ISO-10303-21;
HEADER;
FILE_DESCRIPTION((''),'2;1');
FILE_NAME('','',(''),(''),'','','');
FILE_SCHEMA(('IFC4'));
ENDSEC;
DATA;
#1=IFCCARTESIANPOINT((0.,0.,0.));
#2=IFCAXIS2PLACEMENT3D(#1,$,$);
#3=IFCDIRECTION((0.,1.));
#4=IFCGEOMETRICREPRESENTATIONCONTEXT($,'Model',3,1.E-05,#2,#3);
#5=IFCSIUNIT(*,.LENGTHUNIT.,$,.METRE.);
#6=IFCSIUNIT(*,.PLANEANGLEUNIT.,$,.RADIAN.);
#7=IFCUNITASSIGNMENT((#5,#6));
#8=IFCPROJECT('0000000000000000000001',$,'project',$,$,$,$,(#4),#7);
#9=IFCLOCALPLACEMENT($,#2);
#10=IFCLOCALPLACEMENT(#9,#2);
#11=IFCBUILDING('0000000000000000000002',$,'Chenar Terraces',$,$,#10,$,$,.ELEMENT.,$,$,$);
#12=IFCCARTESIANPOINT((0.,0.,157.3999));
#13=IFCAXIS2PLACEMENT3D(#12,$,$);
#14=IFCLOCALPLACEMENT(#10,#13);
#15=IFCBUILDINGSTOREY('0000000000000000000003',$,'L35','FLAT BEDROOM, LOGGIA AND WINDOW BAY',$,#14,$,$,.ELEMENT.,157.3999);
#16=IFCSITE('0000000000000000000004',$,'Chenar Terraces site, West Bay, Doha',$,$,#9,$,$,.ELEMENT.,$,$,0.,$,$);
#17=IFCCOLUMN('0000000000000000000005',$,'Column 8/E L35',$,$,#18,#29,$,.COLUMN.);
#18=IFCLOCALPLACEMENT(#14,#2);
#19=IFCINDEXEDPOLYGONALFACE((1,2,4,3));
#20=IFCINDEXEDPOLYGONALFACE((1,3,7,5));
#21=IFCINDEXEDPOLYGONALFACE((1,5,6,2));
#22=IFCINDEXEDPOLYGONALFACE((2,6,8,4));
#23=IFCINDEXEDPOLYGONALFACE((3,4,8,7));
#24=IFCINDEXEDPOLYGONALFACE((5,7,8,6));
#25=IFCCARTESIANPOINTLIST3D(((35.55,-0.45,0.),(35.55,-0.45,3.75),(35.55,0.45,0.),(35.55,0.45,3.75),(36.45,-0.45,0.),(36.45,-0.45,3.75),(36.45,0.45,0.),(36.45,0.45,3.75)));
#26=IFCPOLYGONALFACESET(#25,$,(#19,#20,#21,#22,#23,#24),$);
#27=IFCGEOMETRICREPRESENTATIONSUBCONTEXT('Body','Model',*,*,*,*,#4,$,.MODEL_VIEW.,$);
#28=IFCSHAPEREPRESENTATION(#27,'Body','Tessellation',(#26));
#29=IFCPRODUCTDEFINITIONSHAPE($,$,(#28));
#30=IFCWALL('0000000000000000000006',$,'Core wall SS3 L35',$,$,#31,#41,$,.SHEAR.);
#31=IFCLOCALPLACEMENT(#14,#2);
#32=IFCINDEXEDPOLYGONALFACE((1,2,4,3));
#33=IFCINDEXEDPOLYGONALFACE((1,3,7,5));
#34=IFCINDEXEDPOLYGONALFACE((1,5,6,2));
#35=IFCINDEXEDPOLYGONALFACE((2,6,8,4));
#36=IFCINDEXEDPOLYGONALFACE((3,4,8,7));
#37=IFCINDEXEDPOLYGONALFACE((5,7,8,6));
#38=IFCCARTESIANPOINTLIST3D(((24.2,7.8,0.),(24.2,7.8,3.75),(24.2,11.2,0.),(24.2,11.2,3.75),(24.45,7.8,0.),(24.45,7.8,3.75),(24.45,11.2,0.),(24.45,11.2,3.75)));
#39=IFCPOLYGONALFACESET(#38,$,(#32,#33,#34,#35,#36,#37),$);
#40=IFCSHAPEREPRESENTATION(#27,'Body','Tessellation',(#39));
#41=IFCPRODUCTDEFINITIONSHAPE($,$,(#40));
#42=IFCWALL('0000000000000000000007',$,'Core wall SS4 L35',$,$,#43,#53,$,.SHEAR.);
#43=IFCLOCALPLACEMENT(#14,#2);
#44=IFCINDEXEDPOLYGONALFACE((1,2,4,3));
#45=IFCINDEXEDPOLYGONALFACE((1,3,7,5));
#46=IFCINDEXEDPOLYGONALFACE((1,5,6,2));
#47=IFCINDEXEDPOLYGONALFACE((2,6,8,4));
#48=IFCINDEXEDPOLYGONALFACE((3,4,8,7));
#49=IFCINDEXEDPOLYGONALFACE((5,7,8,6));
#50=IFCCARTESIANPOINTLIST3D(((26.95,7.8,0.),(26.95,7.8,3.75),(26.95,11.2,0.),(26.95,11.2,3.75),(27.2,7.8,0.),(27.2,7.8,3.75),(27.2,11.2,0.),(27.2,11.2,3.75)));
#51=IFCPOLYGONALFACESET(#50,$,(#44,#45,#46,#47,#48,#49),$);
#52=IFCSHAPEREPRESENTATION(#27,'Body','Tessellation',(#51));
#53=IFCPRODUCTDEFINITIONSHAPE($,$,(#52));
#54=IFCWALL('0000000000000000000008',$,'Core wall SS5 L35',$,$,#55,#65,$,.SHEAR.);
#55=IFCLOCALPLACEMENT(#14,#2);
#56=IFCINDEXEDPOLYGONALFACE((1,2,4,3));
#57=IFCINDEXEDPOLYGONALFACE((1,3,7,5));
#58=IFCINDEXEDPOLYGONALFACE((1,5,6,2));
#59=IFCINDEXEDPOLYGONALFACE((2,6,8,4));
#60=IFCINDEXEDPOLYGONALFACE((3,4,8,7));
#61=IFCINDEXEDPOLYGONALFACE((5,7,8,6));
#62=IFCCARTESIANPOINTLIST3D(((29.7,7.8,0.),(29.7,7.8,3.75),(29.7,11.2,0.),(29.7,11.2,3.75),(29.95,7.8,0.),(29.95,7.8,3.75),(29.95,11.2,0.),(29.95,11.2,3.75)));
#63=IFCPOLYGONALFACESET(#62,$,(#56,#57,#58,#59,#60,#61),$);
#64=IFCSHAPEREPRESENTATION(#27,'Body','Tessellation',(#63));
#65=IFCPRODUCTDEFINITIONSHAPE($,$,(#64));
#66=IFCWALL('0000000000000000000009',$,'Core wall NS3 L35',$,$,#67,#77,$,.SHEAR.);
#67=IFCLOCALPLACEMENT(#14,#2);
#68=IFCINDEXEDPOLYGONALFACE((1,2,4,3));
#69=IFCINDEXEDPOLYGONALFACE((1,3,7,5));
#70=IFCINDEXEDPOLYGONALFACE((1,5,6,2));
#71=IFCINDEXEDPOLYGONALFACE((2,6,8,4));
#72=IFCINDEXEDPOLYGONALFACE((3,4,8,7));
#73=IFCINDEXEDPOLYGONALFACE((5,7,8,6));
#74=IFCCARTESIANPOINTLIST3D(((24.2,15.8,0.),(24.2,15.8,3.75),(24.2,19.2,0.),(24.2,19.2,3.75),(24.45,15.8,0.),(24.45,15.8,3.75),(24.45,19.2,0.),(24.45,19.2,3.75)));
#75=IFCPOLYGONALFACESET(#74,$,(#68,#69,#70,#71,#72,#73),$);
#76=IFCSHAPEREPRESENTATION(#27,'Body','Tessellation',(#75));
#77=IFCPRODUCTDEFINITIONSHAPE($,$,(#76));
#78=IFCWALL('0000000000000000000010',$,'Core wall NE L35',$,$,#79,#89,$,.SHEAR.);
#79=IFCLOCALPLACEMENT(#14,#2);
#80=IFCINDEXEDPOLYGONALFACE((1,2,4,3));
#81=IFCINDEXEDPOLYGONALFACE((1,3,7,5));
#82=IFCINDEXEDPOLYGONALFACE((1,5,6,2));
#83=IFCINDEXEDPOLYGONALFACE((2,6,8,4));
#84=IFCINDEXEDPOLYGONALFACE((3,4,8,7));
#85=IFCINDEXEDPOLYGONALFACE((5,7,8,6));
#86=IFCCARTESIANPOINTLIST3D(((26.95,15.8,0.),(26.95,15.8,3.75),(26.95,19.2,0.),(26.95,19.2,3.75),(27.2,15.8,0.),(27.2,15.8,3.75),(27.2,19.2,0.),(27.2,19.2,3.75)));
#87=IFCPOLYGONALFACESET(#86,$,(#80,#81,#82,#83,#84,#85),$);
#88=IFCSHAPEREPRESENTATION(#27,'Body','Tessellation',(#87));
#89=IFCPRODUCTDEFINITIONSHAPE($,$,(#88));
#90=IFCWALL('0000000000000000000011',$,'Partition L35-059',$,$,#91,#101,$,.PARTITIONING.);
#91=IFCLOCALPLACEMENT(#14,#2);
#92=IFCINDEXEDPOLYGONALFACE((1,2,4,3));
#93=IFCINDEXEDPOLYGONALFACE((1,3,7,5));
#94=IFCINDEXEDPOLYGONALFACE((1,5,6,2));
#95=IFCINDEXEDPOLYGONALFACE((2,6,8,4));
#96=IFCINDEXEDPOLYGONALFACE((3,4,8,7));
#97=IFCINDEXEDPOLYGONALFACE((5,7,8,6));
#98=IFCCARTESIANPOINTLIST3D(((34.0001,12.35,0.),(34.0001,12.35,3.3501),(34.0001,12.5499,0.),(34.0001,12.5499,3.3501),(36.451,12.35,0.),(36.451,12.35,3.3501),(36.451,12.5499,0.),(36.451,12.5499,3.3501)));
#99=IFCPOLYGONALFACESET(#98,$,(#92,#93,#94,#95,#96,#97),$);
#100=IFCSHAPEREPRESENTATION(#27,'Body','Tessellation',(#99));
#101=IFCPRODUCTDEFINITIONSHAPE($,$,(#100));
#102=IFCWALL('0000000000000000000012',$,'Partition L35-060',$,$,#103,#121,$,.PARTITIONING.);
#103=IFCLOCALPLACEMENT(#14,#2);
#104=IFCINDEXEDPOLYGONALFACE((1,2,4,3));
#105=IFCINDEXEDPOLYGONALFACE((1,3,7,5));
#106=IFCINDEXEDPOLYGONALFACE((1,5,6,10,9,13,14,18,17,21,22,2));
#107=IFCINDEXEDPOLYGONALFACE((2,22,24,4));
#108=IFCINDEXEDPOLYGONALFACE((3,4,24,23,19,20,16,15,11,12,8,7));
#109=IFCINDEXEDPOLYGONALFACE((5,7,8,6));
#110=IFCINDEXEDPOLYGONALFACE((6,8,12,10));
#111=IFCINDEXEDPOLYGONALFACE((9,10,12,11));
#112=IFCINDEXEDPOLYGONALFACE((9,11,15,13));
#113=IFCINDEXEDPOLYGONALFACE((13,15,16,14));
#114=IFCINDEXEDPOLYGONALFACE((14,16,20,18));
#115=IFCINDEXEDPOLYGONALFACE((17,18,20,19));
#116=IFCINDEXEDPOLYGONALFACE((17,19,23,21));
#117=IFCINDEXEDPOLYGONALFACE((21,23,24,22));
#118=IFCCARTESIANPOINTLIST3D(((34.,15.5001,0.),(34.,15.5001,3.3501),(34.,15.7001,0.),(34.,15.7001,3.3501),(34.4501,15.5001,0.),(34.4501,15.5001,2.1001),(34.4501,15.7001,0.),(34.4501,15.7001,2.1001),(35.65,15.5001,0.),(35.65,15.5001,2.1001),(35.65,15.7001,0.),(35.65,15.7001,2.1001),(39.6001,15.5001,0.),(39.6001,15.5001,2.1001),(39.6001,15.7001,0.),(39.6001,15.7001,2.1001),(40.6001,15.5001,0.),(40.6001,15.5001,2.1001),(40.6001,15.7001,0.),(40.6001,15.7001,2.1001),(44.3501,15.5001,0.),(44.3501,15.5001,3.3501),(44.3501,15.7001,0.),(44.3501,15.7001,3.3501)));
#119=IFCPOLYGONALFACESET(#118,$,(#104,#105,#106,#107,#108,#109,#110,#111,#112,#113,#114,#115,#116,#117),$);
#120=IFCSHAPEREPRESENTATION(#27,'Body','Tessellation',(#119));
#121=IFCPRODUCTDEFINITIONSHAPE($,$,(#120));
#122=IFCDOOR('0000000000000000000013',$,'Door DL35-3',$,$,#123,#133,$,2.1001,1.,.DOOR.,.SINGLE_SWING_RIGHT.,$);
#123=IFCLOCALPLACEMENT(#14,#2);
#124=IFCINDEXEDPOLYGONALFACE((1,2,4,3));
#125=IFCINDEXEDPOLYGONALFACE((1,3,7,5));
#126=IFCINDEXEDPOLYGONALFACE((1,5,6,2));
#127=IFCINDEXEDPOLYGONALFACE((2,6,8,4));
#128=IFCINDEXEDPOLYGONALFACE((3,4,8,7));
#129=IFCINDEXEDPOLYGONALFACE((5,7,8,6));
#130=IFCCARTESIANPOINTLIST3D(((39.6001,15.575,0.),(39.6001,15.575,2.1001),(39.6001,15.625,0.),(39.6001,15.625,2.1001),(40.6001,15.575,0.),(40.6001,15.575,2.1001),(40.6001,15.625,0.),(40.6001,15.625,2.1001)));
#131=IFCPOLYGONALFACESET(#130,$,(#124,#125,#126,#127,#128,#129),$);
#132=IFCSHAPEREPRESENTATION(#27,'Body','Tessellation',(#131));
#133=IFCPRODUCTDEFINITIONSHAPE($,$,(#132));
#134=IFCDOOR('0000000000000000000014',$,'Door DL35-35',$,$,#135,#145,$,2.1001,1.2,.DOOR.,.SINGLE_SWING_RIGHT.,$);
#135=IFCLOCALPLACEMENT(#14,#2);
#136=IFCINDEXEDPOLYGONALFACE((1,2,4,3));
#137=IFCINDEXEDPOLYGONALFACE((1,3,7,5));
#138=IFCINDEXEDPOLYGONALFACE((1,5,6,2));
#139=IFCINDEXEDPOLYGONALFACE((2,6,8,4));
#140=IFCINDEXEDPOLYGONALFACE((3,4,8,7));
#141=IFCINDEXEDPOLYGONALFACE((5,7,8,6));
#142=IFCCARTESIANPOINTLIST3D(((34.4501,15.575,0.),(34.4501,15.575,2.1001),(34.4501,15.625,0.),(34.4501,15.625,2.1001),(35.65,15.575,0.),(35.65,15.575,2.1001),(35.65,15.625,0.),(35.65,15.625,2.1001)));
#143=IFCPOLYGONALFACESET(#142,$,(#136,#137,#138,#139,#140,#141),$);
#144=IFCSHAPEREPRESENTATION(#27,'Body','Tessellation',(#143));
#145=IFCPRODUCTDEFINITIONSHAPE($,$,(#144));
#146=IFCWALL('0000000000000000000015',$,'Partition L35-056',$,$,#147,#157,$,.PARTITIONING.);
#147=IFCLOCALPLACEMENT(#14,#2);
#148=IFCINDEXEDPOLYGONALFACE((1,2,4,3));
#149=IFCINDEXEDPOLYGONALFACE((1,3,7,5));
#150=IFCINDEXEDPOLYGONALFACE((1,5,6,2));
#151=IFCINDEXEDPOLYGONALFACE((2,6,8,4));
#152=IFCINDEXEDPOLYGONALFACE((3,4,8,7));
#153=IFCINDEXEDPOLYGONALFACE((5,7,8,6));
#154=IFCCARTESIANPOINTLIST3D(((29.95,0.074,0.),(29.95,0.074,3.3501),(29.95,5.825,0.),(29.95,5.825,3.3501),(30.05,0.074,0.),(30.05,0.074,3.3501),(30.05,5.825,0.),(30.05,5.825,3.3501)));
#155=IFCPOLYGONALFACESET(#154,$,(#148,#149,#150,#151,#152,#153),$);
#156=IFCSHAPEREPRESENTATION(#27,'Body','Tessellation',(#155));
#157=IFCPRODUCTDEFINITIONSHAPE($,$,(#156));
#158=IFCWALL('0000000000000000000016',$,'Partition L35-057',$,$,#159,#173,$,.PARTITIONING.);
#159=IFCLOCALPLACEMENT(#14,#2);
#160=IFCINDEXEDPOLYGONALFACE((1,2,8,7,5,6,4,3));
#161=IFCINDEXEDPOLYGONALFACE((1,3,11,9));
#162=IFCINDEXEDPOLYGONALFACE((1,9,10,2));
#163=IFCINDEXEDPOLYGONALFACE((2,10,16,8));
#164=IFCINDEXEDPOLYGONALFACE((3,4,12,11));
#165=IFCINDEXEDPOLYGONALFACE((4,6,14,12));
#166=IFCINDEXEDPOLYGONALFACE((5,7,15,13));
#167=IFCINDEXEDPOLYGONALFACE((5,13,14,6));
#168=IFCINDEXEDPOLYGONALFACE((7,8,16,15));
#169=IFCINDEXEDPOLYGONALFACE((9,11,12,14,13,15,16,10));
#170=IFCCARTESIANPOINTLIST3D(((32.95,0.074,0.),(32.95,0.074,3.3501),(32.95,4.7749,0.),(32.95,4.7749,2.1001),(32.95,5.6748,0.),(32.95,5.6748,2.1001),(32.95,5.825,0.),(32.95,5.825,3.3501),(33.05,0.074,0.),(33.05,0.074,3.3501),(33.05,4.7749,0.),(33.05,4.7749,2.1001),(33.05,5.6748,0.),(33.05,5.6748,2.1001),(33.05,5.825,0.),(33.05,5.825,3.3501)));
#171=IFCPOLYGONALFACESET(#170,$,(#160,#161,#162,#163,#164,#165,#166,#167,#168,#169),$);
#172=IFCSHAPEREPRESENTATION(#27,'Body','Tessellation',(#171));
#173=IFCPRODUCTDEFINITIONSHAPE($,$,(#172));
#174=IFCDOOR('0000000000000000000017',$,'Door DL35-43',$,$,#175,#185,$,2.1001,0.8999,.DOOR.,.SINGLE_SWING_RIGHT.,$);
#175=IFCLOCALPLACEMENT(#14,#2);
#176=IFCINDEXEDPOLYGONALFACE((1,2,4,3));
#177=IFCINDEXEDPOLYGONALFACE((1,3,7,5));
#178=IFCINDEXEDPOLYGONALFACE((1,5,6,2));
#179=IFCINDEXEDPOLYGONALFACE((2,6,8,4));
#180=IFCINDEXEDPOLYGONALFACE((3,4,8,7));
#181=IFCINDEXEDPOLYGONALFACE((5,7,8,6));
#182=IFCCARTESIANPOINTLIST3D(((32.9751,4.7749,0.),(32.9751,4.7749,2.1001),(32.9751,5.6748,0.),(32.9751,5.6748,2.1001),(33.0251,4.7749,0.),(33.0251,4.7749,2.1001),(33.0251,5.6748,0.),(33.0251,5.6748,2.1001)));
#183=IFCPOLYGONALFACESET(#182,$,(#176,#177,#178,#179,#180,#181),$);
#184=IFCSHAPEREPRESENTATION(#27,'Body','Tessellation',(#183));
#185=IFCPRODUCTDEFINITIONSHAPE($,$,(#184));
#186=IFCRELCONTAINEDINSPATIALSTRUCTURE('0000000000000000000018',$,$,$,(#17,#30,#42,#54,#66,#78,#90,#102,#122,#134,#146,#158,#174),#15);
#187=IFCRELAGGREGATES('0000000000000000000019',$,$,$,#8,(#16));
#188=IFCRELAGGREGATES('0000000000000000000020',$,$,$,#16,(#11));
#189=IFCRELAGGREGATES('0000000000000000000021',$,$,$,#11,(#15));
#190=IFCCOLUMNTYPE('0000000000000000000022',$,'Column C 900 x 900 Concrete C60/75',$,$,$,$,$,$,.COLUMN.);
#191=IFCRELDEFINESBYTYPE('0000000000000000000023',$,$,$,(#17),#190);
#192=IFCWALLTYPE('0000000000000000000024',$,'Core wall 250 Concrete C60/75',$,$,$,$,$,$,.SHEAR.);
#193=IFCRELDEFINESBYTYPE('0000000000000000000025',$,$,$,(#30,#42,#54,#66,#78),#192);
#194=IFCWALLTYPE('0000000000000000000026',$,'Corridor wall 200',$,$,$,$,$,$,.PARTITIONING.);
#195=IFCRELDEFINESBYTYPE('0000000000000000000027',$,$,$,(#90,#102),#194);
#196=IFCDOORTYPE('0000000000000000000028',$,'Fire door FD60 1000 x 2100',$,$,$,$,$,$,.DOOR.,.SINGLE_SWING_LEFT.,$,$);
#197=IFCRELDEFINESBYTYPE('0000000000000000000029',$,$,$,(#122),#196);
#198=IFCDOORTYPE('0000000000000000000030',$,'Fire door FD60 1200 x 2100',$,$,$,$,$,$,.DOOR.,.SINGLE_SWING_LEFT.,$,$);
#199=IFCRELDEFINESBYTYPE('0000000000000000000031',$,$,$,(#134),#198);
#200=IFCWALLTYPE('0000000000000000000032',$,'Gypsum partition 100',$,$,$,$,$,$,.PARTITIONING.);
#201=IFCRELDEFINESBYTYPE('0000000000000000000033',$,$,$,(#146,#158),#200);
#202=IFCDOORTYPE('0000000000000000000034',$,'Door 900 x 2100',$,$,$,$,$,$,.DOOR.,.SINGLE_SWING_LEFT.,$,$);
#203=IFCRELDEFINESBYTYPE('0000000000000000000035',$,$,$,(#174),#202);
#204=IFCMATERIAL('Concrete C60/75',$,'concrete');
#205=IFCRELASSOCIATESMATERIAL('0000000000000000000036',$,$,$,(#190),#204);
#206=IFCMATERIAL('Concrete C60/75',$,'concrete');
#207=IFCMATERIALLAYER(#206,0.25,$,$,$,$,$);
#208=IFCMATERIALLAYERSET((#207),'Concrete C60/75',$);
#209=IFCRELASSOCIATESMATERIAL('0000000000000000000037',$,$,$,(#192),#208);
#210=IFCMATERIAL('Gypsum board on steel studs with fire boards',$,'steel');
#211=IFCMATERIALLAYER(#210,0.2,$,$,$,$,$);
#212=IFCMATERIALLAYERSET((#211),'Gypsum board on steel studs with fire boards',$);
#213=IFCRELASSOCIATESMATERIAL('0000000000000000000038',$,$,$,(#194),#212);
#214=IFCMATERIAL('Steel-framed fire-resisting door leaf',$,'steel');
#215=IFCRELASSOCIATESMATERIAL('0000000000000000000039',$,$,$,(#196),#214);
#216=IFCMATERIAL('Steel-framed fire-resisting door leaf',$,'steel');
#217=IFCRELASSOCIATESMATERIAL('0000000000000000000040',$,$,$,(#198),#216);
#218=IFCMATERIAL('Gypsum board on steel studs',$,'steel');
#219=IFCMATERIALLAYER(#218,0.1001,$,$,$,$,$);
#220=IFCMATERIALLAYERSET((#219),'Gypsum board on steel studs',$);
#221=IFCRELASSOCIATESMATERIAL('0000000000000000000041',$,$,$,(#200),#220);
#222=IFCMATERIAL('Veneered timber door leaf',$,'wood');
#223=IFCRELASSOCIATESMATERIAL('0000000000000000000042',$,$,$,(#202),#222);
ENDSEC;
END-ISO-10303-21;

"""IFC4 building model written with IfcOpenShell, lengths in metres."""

from ifc_helpers import new_model, si_unit, direction, frame, frame_2d, origin, origin_2d, place, context, subcontext, project, spatial, rectangle, extrude, material, layer, layer_set, material_profile, profile_set, type_object, element, fill, save


model = new_model("IFC4")

# Units and contexts
model_context = context("Model", 3, precision=1e-05, world=origin(), true_north=direction((0.0, 1.0)))
body_context = subcontext(model_context, "Body", "Model", "MODEL_VIEW")
ifc_project = project(units=[si_unit("LENGTHUNIT", "METRE"), si_unit("PLANEANGLEUNIT", "RADIAN")], contexts=[model_context])

# Site, building, storey
site_placement = place(None, origin())
site = spatial("IfcSite", under=ifc_project, at=site_placement, Name="Chenar Terraces site, West Bay, Doha", CompositionType="ELEMENT", RefElevation=0.0)
building_placement = place(site_placement, origin())
building = spatial("IfcBuilding", under=site, at=building_placement, Name="Chenar Terraces", CompositionType="ELEMENT")
storey_placement = place(building_placement, frame((0.0, 0.0, 157.3999)))
storey = spatial("IfcBuildingStorey", under=building, at=storey_placement, Name="L35", Description="FLAT BEDROOM, LOGGIA AND WINDOW BAY", CompositionType="ELEMENT", Elevation=157.3999)

# Column
ifc_material_1 = material(Name="Concrete C60/75", Category="concrete")
ifc_material_profile_1 = material_profile(ifc_material_1, rectangle(XDim=0.8999, YDim=0.8999, at=origin_2d()), Name="C 900 x 900")
ifc_profile_set_1 = profile_set([ifc_material_profile_1], Name="Concrete C60/75")
column_type = type_object("IfcColumnType", Name="Column C 900 x 900 Concrete C60/75", PredefinedType="COLUMN", material=ifc_profile_set_1)
column_placement = place(storey_placement, frame((36.0, 0.0, 0.0), z_axis=(0.0, 0.0, 1.0), x_axis=(1.0, 0.0, 0.0)))
element("IfcColumn", 1, at=column_placement, inside=storey, type_object=column_type, Name="Column 8/E L35", PredefinedType="COLUMN", context=body_context, shape_type="SweptSolid", body=[
    extrude(rectangle(XDim=0.8999, YDim=0.8999, at=origin_2d()), origin(), (0.0, 0.0, 1.0), 3.75),
])

# Walls
ifc_material_2 = material(Name="Concrete C60/75", Category="concrete")
ifc_layer_1 = layer(ifc_material_2, 0.25)
ifc_layer_set_1 = layer_set([ifc_layer_1], Name="Concrete C60/75")
wall_type_1 = type_object("IfcWallType", Name="Core wall 250 Concrete C60/75", PredefinedType="SHEAR", material=ifc_layer_set_1)
for number, where, z_axis, x_axis, name in (
    (2, (24.325, 7.8, 0.0), (0.0, 0.0, 1.0), (0.0, 1.0, 0.0), "Core wall SS3 L35"),
    (3, (27.075, 7.8, 0.0), (0.0, 0.0, 1.0), (0.0, 1.0, 0.0), "Core wall SS4 L35"),
    (4, (29.825, 7.8, 0.0), (0.0, 0.0, 1.0), (0.0, 1.0, 0.0), "Core wall SS5 L35"),
    (5, (24.325, 15.8, 0.0), (0.0, 0.0, 1.0), (0.0, 1.0, 0.0), "Core wall NS3 L35"),
    (6, (27.075, 15.8, 0.0), (0.0, 0.0, 1.0), (0.0, 1.0, 0.0), "Core wall NE L35"),
):
    element("IfcWall", number, at=place(storey_placement, frame(where, z_axis=z_axis, x_axis=x_axis)), inside=storey, type_object=wall_type_1, Name=name, PredefinedType="SHEAR", context=body_context, shape_type="SweptSolid", body=[
        extrude(rectangle(XDim=3.3999, YDim=0.25, at=frame_2d((1.7, 0.0))), origin(), (0.0, 0.0, 1.0), 3.75),
    ])

# Wall
ifc_material_3 = material(Name="Gypsum board on steel studs with fire boards", Category="steel")
ifc_layer_2 = layer(ifc_material_3, 0.2)
ifc_layer_set_2 = layer_set([ifc_layer_2], Name="Gypsum board on steel studs with fire boards")
wall_type_2 = type_object("IfcWallType", Name="Corridor wall 200", PredefinedType="PARTITIONING", material=ifc_layer_set_2)
wall_1_placement = place(storey_placement, frame((34.0, 12.45, 0.0), z_axis=(0.0, 0.0, 1.0), x_axis=(1.0, 0.0, 0.0)))
element("IfcWall", 7, at=wall_1_placement, inside=storey, type_object=wall_type_2, Name="Partition L35-059", PredefinedType="PARTITIONING", context=body_context, shape_type="SweptSolid", body=[
    extrude(rectangle(XDim=2.4509, YDim=0.2, at=frame_2d((1.2256, 0.0))), origin(), (0.0, 0.0, 1.0), 3.3501),
])

# Wall, openings, doors
wall_2_placement = place(storey_placement, frame((34.0, 15.6001, 0.0), z_axis=(0.0, 0.0, 1.0), x_axis=(1.0, 0.0, 0.0)))
wall_2 = element("IfcWall", 8, at=wall_2_placement, inside=storey, type_object=wall_type_2, Name="Partition L35-060", PredefinedType="PARTITIONING", context=body_context, shape_type="SweptSolid", body=[
    extrude(rectangle(XDim=10.3501, YDim=0.2, at=frame_2d((5.175, 0.0))), origin(), (0.0, 0.0, 1.0), 3.3501),
])
opening_1_placement = place(wall_2_placement, frame((5.6001, 0.0, 0.0)))
opening_1 = element("IfcOpeningElement", 9, at=opening_1_placement, cuts=wall_2, PredefinedType="OPENING", context=body_context, shape_type="SweptSolid", body=[
    extrude(rectangle(XDim=1.0, YDim=2.1001, at=frame_2d((0.5, 1.05))), frame((0.0, 0.1099, 0.0), z_axis=(0.0, -1.0, 0.0), x_axis=(1.0, 0.0, 0.0)), (0.0, 0.0, 1.0), 0.22),
])
opening_2_placement = place(wall_2_placement, frame((0.45, 0.0, 0.0)))
opening_2 = element("IfcOpeningElement", 10, at=opening_2_placement, cuts=wall_2, PredefinedType="OPENING", context=body_context, shape_type="SweptSolid", body=[
    extrude(rectangle(XDim=1.2, YDim=2.1001, at=frame_2d((0.6001, 1.05))), frame((0.0, 0.1099, 0.0), z_axis=(0.0, -1.0, 0.0), x_axis=(1.0, 0.0, 0.0)), (0.0, 0.0, 1.0), 0.22),
])
ifc_material_4 = material(Name="Steel-framed fire-resisting door leaf", Category="steel")
door_type_1 = type_object("IfcDoorType", Name="Fire door FD60 1000 x 2100", OperationType="SINGLE_SWING_LEFT", PredefinedType="DOOR", material=ifc_material_4)
door_1_placement = place(opening_1_placement, origin())
door_1 = element("IfcDoor", 11, at=door_1_placement, inside=storey, type_object=door_type_1, Name="Door DL35-3", OperationType="SINGLE_SWING_RIGHT", OverallHeight=2.1001, OverallWidth=1.0, PredefinedType="DOOR", context=body_context, shape_type="SweptSolid", body=[
    extrude(rectangle(XDim=1.0, YDim=2.1001, at=frame_2d((0.5, 1.05))), frame((0.0, 0.0249, 0.0), z_axis=(0.0, -1.0, 0.0), x_axis=(1.0, 0.0, 0.0)), (0.0, 0.0, 1.0), 0.05),
])
fill(opening_1, door_1)
ifc_material_5 = material(Name="Steel-framed fire-resisting door leaf", Category="steel")
door_type_2 = type_object("IfcDoorType", Name="Fire door FD60 1200 x 2100", OperationType="SINGLE_SWING_LEFT", PredefinedType="DOOR", material=ifc_material_5)
door_2_placement = place(opening_2_placement, origin())
door_2 = element("IfcDoor", 12, at=door_2_placement, inside=storey, type_object=door_type_2, Name="Door DL35-35", OperationType="SINGLE_SWING_RIGHT", OverallHeight=2.1001, OverallWidth=1.2, PredefinedType="DOOR", context=body_context, shape_type="SweptSolid", body=[
    extrude(rectangle(XDim=1.2, YDim=2.1001, at=frame_2d((0.6001, 1.05))), frame((0.0, 0.0249, 0.0), z_axis=(0.0, -1.0, 0.0), x_axis=(1.0, 0.0, 0.0)), (0.0, 0.0, 1.0), 0.05),
])
fill(opening_2, door_2)

# Wall
ifc_material_6 = material(Name="Gypsum board on steel studs", Category="steel")
ifc_layer_3 = layer(ifc_material_6, 0.1001)
ifc_layer_set_3 = layer_set([ifc_layer_3], Name="Gypsum board on steel studs")
wall_type_3 = type_object("IfcWallType", Name="Gypsum partition 100", PredefinedType="PARTITIONING", material=ifc_layer_set_3)
wall_3_placement = place(storey_placement, frame((30.0, 0.074, 0.0), z_axis=(0.0, 0.0, 1.0), x_axis=(0.0, 1.0, 0.0)))
element("IfcWall", 13, at=wall_3_placement, inside=storey, type_object=wall_type_3, Name="Partition L35-056", PredefinedType="PARTITIONING", context=body_context, shape_type="SweptSolid", body=[
    extrude(rectangle(XDim=5.751, YDim=0.1001, at=frame_2d((2.8755, 0.0))), origin(), (0.0, 0.0, 1.0), 3.3501),
])

# Wall, opening, door
wall_4_placement = place(storey_placement, frame((33.0, 0.074, 0.0), z_axis=(0.0, 0.0, 1.0), x_axis=(0.0, 1.0, 0.0)))
wall_4 = element("IfcWall", 14, at=wall_4_placement, inside=storey, type_object=wall_type_3, Name="Partition L35-057", PredefinedType="PARTITIONING", context=body_context, shape_type="SweptSolid", body=[
    extrude(rectangle(XDim=5.751, YDim=0.1001, at=frame_2d((2.8755, 0.0))), origin(), (0.0, 0.0, 1.0), 3.3501),
])
opening_3_placement = place(wall_4_placement, frame((4.7009, 0.0, 0.0)))
opening_3 = element("IfcOpeningElement", 15, at=opening_3_placement, cuts=wall_4, PredefinedType="OPENING", context=body_context, shape_type="SweptSolid", body=[
    extrude(rectangle(XDim=0.8999, YDim=2.1001, at=frame_2d((0.45, 1.05))), frame((0.0, 0.0601, 0.0), z_axis=(0.0, -1.0, 0.0), x_axis=(1.0, 0.0, 0.0)), (0.0, 0.0, 1.0), 0.1201),
])
ifc_material_7 = material(Name="Veneered timber door leaf", Category="wood")
door_type_3 = type_object("IfcDoorType", Name="Door 900 x 2100", OperationType="SINGLE_SWING_LEFT", PredefinedType="DOOR", material=ifc_material_7)
door_3_placement = place(opening_3_placement, origin())
door_3 = element("IfcDoor", 16, at=door_3_placement, inside=storey, type_object=door_type_3, Name="Door DL35-43", OperationType="SINGLE_SWING_RIGHT", OverallHeight=2.1001, OverallWidth=0.8999, PredefinedType="DOOR", context=body_context, shape_type="SweptSolid", body=[
    extrude(rectangle(XDim=0.8999, YDim=2.1001, at=frame_2d((0.45, 1.05))), frame((0.0, 0.0249, 0.0), z_axis=(0.0, -1.0, 0.0), x_axis=(1.0, 0.0, 0.0)), (0.0, 0.0, 1.0), 0.05),
])
fill(opening_3, door_3)

save(model, "model.ifc")
